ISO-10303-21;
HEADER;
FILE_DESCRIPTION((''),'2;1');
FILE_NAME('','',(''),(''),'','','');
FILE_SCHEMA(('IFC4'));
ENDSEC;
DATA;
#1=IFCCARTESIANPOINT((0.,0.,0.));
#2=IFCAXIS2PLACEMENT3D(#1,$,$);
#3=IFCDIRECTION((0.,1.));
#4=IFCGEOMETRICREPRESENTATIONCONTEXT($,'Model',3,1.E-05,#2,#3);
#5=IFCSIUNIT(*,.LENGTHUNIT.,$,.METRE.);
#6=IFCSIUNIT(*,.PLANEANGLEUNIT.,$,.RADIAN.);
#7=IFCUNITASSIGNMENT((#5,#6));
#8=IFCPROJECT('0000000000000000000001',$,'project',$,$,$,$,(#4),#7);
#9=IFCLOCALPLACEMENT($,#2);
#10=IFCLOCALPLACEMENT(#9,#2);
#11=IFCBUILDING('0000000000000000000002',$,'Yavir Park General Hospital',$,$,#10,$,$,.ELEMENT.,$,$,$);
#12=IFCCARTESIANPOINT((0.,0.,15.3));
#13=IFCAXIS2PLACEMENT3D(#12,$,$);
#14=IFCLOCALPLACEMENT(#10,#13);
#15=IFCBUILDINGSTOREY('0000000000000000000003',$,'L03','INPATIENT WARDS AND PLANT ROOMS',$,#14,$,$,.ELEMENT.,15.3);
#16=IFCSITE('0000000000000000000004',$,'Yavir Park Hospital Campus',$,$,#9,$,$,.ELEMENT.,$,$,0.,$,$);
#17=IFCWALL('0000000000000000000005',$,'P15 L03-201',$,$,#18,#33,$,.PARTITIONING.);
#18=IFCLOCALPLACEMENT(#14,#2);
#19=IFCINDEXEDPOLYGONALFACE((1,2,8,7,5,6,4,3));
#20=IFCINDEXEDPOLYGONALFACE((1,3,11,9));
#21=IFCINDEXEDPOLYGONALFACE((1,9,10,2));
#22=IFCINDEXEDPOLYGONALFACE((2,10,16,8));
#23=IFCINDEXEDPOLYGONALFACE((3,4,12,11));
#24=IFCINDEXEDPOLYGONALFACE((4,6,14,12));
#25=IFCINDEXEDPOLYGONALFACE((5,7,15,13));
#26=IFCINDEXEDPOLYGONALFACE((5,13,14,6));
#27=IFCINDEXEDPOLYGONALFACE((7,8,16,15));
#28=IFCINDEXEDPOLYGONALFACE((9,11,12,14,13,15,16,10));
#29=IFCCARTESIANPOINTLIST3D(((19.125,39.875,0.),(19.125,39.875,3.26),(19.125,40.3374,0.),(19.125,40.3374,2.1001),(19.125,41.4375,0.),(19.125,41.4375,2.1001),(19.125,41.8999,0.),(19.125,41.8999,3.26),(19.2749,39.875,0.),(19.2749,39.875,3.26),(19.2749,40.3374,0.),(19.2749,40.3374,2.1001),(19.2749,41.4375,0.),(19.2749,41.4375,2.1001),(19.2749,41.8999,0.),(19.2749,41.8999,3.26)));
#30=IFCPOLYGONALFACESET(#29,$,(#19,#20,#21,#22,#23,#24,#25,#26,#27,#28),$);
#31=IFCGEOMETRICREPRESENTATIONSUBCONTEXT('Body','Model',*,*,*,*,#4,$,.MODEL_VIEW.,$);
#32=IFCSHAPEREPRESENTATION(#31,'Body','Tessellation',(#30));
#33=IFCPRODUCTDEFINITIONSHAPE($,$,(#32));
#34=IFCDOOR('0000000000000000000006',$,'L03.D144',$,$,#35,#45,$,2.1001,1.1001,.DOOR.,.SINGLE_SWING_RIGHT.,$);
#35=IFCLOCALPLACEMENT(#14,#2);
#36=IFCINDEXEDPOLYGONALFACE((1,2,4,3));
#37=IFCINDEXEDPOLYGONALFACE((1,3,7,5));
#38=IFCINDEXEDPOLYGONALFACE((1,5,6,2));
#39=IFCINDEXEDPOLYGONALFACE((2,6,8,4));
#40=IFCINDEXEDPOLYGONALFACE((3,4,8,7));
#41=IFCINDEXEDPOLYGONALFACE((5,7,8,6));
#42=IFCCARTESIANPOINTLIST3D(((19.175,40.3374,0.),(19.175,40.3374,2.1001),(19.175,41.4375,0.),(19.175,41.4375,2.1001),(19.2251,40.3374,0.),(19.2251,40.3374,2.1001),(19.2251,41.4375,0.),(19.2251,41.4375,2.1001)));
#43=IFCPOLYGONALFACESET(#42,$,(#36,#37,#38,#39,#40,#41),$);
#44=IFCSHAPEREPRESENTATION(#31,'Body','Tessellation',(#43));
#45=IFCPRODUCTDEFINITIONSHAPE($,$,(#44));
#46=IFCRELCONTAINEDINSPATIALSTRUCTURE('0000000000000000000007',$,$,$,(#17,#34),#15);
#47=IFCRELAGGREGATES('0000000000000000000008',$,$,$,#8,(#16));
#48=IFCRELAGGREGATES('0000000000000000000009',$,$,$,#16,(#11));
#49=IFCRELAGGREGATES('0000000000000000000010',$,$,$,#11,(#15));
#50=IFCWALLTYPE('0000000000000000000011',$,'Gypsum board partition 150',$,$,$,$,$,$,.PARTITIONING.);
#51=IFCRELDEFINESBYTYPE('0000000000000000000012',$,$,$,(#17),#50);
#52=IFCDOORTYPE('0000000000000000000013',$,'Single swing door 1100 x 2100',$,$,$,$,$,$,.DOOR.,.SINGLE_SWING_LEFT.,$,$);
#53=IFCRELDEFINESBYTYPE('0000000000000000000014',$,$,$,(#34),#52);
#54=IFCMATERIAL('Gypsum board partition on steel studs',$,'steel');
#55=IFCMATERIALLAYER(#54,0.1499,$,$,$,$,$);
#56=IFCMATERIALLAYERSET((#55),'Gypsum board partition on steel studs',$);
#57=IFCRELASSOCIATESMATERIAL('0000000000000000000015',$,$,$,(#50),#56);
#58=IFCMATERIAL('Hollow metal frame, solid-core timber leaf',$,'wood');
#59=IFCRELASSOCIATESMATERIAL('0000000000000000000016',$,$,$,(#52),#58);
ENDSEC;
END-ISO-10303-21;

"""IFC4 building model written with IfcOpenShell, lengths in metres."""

from ifc_helpers import new_model, si_unit, direction, frame, frame_2d, origin, place, context, subcontext, project, spatial, rectangle, extrude, material, layer, layer_set, type_object, element, fill, save


model = new_model("IFC4")

# Units and contexts
model_context = context("Model", 3, precision=1e-05, world=origin(), true_north=direction((0.0, 1.0)))
body_context = subcontext(model_context, "Body", "Model", "MODEL_VIEW")
ifc_project = project(units=[si_unit("LENGTHUNIT", "METRE"), si_unit("PLANEANGLEUNIT", "RADIAN")], contexts=[model_context])

# Site, building, storey
site_placement = place(None, origin())
site = spatial("IfcSite", under=ifc_project, at=site_placement, Name="Yavir Park Hospital Campus", CompositionType="ELEMENT", RefElevation=0.0)
building_placement = place(site_placement, origin())
building = spatial("IfcBuilding", under=site, at=building_placement, Name="Yavir Park General Hospital", CompositionType="ELEMENT")
storey_placement = place(building_placement, frame((0.0, 0.0, 15.3)))
storey = spatial("IfcBuildingStorey", under=building, at=storey_placement, Name="L03", Description="INPATIENT WARDS AND PLANT ROOMS", CompositionType="ELEMENT", Elevation=15.3)

# Shared definitions
ifc_material_1 = material(Name="Gypsum board partition on steel studs", Category="steel")
ifc_layer_1 = layer(ifc_material_1, 0.1499)
ifc_layer_set_1 = layer_set([ifc_layer_1], Name="Gypsum board partition on steel studs")
wall_type_1 = type_object("IfcWallType", Name="Gypsum board partition 150", PredefinedType="PARTITIONING", material=ifc_layer_set_1)

# Shared definitions
ifc_material_2 = material(Name="Hollow metal frame, solid-core timber leaf", Category="wood")
door_type_1 = type_object("IfcDoorType", Name="Single swing door 1100 x 2100", OperationType="SINGLE_SWING_LEFT", PredefinedType="DOOR", material=ifc_material_2)

# Wall, opening, door
wall_1_placement = place(storey_placement, frame((19.2, 39.875, 0.0), z_axis=(0.0, 0.0, 1.0), x_axis=(0.0, 1.0, 0.0)))
wall_1 = element("IfcWall", 1, at=wall_1_placement, inside=storey, type_object=wall_type_1, Name="P15 L03-201", PredefinedType="PARTITIONING", context=body_context, shape_type="SweptSolid", body=[
    extrude(rectangle(XDim=2.0249, YDim=0.1499, at=frame_2d((1.0125, 0.0))), origin(), (0.0, 0.0, 1.0), 3.26),
])
opening_1_placement = place(wall_1_placement, frame((0.4624, 0.0, 0.0)))
opening_1 = element("IfcOpeningElement", 2, at=opening_1_placement, cuts=wall_1, PredefinedType="OPENING", context=body_context, shape_type="SweptSolid", body=[
    extrude(rectangle(XDim=1.1001, YDim=2.1001, at=frame_2d((0.55, 1.05))), frame((0.0, 0.085, 0.0), z_axis=(0.0, -1.0, 0.0), x_axis=(1.0, 0.0, 0.0)), (0.0, 0.0, 1.0), 0.1699),
])
door_1_placement = place(opening_1_placement, origin())
door_1 = element("IfcDoor", 3, at=door_1_placement, inside=storey, type_object=door_type_1, Name="L03.D144", OperationType="SINGLE_SWING_RIGHT", OverallHeight=2.1001, OverallWidth=1.1001, PredefinedType="DOOR", context=body_context, shape_type="SweptSolid", body=[
    extrude(rectangle(XDim=1.1001, YDim=2.1001, at=frame_2d((0.55, 1.05))), frame((0.0, 0.0249, 0.0), z_axis=(0.0, -1.0, 0.0), x_axis=(1.0, 0.0, 0.0)), (0.0, 0.0, 1.0), 0.05),
])
fill(opening_1, door_1)

save(model, "model.ifc")
